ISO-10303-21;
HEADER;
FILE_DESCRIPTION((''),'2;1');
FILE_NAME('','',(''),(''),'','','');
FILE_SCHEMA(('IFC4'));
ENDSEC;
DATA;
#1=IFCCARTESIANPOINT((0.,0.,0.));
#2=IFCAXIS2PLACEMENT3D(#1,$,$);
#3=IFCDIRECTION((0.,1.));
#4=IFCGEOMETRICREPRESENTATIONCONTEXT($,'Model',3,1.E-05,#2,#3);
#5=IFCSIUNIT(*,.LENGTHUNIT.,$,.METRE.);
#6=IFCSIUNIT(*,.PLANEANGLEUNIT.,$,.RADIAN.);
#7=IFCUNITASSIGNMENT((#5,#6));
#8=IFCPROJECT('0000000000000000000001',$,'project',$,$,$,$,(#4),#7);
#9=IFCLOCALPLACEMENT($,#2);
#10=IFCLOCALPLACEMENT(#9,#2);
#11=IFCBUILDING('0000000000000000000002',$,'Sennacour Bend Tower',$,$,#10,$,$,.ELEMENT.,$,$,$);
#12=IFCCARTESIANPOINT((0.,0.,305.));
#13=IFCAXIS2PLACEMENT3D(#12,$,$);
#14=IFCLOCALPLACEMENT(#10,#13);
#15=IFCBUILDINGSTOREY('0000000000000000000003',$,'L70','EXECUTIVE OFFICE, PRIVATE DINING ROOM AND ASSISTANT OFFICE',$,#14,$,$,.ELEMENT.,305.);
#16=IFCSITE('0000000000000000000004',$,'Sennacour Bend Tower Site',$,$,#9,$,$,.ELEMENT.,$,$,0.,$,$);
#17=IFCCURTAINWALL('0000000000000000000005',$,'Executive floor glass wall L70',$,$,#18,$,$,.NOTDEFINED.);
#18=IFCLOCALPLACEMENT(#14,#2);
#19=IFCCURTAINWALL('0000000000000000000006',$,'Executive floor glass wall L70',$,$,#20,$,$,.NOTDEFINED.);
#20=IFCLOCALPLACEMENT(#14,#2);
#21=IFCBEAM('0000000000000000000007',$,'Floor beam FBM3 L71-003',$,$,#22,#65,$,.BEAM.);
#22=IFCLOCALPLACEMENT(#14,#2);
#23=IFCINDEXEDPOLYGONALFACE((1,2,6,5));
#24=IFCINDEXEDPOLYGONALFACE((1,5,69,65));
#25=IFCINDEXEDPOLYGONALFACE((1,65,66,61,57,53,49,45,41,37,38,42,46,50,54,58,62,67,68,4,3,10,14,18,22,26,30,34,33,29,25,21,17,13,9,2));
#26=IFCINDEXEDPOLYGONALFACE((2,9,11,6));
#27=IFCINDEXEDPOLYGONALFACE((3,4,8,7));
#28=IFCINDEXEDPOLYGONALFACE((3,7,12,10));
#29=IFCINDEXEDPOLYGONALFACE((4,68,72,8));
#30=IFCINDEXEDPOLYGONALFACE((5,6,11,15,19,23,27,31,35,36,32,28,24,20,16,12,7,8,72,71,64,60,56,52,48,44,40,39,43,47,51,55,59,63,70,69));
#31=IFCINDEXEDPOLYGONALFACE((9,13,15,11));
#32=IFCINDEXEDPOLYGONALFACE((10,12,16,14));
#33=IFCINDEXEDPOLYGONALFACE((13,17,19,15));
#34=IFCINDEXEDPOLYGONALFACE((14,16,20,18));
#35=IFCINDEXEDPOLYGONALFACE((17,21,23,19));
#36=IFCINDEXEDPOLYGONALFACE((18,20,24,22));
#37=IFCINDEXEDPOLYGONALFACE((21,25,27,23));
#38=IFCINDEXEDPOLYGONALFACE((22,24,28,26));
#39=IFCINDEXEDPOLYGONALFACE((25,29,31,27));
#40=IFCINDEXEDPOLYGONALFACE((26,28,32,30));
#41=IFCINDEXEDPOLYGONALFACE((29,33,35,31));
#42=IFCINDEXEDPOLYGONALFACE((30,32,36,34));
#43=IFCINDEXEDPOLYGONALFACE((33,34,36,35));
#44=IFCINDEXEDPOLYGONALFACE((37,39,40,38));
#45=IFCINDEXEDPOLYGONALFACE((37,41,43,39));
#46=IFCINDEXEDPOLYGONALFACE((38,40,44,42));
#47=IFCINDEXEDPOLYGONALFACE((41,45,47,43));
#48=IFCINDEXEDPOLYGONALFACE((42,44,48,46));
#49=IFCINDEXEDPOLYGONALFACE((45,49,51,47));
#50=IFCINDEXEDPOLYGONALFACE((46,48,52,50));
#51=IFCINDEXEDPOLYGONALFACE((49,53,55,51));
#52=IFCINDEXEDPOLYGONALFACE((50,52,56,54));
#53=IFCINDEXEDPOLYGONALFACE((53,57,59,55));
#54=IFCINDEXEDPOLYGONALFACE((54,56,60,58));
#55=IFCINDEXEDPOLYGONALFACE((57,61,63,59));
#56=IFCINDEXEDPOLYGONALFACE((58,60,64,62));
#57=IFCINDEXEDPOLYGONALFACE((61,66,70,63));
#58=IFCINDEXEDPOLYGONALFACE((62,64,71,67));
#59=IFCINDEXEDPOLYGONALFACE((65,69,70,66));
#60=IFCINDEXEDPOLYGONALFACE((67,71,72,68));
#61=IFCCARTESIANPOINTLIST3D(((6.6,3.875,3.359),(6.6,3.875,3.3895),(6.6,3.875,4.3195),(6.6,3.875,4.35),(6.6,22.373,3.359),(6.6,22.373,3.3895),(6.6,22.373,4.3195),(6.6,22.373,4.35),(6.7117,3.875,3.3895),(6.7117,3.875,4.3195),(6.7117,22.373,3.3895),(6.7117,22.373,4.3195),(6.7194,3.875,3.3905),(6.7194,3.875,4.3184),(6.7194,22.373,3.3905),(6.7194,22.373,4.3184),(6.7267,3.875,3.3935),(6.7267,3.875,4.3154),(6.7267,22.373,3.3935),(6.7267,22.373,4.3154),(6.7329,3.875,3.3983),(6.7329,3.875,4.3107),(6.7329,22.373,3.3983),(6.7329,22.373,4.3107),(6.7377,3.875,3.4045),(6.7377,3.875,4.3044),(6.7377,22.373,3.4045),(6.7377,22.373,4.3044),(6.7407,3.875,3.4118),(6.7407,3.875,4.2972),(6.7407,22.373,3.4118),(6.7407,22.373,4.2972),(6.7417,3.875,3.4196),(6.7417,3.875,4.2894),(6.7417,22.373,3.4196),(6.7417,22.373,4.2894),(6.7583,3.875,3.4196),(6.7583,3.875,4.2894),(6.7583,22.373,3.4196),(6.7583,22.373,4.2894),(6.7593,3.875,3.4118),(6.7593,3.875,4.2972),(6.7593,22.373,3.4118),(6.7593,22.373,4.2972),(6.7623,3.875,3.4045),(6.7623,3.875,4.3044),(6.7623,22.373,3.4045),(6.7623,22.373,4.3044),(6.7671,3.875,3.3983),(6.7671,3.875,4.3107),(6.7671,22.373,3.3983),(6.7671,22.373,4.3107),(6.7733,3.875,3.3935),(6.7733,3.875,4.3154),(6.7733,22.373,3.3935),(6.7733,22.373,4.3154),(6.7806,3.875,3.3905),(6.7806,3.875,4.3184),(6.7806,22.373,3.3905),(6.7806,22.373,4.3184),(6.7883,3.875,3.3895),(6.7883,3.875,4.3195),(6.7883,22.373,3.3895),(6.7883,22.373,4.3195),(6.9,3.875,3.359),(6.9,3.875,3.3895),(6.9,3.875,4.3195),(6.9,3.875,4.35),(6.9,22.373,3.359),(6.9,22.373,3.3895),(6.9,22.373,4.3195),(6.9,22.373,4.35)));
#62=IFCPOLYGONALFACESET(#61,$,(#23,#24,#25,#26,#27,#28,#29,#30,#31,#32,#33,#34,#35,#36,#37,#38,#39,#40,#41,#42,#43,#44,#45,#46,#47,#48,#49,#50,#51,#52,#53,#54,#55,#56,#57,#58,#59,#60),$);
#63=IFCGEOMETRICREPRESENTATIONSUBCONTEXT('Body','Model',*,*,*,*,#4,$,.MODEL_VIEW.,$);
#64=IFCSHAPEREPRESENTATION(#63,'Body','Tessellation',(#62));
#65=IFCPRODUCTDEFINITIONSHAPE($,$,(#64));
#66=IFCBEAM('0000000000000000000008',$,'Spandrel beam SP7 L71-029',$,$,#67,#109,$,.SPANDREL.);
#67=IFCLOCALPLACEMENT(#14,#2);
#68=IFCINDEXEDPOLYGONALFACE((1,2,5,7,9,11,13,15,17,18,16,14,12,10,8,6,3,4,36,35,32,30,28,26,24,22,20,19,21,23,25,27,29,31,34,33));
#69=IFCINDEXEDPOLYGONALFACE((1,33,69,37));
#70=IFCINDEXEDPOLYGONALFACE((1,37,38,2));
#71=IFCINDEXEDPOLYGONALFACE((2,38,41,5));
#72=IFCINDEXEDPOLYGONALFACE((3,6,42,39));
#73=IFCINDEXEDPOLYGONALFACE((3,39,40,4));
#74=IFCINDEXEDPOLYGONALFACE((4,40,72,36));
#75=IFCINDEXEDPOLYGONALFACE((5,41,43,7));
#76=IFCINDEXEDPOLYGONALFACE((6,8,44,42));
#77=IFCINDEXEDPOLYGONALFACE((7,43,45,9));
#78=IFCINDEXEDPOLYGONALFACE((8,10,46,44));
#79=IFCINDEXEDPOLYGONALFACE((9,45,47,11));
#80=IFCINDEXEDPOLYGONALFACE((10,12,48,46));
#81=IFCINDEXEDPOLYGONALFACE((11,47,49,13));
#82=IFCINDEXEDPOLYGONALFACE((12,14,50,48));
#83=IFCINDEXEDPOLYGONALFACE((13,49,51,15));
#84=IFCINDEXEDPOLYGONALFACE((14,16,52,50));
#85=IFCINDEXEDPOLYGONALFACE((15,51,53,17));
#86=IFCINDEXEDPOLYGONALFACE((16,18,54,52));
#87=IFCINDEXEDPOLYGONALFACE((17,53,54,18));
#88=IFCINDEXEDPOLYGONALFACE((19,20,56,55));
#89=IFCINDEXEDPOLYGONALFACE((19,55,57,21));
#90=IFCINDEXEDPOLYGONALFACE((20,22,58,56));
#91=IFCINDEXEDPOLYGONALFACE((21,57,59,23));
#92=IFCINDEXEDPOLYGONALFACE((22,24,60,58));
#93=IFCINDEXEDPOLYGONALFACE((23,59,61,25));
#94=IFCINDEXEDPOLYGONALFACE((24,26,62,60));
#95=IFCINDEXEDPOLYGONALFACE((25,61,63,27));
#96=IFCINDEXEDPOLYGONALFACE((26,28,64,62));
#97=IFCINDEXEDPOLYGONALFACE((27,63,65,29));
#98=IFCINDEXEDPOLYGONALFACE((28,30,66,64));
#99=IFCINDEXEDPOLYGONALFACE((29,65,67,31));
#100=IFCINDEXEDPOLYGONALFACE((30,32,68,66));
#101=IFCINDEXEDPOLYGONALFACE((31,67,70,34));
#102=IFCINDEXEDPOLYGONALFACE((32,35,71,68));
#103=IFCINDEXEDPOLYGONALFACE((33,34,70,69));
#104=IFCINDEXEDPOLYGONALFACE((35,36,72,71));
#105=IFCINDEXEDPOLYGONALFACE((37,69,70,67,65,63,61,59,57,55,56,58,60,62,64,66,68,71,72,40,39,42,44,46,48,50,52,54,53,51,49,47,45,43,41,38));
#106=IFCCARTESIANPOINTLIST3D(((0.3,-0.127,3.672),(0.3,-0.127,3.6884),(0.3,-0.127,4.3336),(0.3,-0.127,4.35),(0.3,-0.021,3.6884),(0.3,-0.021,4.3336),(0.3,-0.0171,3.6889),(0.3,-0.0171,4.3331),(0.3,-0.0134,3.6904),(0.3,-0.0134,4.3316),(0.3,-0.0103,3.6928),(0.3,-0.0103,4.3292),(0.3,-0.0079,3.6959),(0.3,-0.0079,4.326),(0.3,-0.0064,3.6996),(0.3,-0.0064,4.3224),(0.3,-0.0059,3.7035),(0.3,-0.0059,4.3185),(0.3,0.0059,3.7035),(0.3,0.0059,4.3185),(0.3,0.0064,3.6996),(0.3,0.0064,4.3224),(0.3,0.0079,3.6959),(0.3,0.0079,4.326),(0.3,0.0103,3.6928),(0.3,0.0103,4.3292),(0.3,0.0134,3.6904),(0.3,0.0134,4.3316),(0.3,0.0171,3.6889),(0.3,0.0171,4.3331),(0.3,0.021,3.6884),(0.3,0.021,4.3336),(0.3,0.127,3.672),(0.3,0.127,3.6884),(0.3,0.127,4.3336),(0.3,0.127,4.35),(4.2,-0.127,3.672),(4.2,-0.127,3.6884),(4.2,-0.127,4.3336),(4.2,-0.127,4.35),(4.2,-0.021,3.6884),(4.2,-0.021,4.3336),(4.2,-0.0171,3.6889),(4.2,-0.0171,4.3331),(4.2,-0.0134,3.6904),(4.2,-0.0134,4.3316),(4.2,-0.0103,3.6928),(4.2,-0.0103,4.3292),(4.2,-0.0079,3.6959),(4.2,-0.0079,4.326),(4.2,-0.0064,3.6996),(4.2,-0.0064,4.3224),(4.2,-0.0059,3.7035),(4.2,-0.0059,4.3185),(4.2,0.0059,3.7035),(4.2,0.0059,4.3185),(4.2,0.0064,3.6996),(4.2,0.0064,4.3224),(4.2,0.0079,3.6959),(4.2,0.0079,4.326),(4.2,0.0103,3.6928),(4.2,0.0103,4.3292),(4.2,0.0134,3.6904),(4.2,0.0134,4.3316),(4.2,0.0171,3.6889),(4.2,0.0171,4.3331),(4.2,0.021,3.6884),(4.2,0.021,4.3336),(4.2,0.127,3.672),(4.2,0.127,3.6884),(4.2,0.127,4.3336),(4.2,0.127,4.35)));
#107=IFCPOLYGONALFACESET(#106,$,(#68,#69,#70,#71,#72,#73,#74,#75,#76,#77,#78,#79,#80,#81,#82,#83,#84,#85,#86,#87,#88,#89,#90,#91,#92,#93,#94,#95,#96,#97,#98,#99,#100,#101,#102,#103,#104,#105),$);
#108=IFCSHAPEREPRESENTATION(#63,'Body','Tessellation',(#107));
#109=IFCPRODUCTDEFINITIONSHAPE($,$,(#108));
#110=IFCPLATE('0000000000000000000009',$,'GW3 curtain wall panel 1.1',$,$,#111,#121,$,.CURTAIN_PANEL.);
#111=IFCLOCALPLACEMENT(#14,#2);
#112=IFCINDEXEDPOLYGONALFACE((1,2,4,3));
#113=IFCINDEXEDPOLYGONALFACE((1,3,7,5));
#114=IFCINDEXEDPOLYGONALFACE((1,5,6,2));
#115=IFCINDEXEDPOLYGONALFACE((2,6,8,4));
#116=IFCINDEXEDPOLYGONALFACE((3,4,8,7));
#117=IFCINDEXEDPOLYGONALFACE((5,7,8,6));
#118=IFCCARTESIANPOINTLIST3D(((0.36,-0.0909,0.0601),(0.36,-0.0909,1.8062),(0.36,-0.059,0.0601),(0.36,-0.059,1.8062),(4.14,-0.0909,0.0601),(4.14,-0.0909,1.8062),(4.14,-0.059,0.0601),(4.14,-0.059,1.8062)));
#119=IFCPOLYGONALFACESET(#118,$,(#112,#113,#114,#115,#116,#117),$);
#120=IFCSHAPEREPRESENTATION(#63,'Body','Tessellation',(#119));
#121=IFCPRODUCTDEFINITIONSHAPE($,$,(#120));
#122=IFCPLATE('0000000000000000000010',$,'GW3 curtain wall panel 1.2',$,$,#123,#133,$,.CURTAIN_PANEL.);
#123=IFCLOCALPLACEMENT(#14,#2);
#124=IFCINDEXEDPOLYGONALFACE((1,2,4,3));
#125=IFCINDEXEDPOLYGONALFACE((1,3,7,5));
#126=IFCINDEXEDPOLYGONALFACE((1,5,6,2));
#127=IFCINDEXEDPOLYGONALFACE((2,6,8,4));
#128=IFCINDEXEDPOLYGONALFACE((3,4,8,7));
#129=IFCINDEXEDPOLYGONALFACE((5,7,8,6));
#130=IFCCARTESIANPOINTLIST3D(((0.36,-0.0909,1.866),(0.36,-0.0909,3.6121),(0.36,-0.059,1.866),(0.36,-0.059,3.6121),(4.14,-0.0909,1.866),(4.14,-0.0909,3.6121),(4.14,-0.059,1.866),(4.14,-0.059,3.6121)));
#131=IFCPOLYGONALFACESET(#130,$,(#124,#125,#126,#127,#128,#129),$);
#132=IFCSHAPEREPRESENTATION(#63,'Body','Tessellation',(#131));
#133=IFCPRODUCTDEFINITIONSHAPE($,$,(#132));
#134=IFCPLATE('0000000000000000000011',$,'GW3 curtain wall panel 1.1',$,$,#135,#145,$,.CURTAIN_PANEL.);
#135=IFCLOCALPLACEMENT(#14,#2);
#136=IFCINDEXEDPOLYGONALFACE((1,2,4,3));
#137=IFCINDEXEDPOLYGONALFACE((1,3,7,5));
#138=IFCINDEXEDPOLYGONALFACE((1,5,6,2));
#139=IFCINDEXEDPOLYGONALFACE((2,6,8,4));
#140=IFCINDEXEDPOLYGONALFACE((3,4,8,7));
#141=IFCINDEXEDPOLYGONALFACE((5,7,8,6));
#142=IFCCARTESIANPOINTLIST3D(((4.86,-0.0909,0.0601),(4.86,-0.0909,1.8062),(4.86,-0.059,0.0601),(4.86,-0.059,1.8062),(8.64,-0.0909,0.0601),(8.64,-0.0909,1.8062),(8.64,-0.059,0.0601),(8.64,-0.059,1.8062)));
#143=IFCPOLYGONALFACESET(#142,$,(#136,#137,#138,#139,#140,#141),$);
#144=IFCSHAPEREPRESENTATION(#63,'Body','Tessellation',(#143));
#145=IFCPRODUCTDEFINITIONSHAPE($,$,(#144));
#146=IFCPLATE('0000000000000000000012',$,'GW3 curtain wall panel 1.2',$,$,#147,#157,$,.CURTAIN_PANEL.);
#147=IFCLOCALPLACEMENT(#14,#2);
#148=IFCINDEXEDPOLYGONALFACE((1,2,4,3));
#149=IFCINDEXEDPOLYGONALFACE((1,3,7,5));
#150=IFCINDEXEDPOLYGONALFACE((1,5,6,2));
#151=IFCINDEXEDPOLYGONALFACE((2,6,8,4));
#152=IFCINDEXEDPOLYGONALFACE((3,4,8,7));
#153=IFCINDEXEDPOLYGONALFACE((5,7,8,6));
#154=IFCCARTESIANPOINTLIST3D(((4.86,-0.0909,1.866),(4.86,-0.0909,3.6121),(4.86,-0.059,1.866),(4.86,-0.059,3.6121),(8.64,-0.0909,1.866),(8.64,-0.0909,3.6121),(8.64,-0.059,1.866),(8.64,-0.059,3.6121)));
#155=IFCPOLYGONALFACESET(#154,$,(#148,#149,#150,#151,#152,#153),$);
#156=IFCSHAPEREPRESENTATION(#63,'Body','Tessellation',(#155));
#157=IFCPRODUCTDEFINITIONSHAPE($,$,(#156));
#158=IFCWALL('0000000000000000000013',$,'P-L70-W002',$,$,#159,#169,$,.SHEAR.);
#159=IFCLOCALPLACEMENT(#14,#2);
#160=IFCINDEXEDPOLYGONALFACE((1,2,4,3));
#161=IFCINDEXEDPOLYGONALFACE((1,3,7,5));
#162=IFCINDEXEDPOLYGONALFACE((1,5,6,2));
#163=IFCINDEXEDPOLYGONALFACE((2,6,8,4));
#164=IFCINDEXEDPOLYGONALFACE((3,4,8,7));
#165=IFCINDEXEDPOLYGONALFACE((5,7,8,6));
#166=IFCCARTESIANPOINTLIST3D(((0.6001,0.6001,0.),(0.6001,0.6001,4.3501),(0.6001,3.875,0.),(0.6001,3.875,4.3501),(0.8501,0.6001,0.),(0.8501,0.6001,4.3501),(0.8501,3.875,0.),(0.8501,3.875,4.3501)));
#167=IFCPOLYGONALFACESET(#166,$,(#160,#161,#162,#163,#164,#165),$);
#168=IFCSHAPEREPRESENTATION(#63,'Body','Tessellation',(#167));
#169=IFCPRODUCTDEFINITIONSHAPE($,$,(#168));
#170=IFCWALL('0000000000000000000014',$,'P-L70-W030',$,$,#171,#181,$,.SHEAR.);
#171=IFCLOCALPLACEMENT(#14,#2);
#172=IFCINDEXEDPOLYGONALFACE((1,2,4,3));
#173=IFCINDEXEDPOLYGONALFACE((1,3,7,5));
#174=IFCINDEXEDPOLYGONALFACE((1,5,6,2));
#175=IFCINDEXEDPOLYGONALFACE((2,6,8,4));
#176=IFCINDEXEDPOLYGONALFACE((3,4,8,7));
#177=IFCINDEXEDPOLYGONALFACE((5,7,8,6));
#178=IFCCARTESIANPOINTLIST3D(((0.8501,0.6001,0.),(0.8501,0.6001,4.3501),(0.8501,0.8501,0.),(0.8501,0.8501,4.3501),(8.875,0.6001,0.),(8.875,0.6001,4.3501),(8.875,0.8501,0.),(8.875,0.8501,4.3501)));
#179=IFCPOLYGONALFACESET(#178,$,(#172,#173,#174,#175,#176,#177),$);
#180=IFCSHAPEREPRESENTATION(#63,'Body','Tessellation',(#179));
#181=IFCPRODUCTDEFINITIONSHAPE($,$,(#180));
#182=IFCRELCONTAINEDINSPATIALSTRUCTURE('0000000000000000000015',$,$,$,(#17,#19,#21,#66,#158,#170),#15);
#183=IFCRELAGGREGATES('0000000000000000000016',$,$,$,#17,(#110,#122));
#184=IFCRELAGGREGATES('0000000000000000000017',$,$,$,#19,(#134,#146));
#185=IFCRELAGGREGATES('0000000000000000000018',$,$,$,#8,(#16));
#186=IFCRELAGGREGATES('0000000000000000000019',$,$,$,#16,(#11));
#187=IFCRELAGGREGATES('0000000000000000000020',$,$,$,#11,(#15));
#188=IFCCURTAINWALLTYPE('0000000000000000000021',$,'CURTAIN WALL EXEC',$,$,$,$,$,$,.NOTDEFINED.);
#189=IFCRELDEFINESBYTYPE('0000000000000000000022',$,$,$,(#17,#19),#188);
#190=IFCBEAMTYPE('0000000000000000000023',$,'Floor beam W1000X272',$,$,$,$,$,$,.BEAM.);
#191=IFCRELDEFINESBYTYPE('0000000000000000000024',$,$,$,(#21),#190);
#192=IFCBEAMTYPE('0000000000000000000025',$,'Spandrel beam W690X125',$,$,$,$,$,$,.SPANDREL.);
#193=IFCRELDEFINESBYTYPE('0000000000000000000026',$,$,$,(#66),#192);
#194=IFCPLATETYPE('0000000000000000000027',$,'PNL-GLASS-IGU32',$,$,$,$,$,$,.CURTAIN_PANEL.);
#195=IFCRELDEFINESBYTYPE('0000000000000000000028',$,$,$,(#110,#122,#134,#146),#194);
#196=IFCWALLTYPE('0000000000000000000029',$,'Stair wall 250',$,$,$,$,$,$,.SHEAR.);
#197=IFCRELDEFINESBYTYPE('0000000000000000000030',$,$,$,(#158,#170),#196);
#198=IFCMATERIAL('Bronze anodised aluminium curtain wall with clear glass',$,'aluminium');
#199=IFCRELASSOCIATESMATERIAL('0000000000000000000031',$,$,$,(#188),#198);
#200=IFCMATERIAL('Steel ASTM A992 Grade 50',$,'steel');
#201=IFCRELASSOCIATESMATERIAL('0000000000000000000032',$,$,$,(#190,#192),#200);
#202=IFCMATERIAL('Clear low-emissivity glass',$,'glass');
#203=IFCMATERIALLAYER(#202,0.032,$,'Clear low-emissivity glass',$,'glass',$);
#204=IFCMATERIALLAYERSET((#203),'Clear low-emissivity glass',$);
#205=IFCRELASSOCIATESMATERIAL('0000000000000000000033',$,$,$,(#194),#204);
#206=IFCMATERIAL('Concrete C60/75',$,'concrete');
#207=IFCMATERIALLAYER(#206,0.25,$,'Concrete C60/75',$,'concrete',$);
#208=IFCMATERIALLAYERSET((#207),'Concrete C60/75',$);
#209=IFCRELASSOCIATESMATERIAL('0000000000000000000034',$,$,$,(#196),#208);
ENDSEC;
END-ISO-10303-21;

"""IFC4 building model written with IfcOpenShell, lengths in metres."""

from ifc_helpers import new_model, si_unit, direction, frame, frame_2d, origin, origin_2d, place, context, subcontext, project, spatial, rectangle, i_section, extrude, material, layer, layer_set, material_profile, profile_set, type_object, element, aggregate, save


model = new_model("IFC4")

# Units and contexts
model_context = context("Model", 3, precision=1e-05, world=origin(), true_north=direction((0.0, 1.0)))
body_context = subcontext(model_context, "Body", "Model", "MODEL_VIEW")
ifc_project = project(units=[si_unit("LENGTHUNIT", "METRE"), si_unit("PLANEANGLEUNIT", "RADIAN")], contexts=[model_context])

# Site, building, storey
site_placement = place(None, origin())
site = spatial("IfcSite", under=ifc_project, at=site_placement, Name="Sennacour Bend Tower Site", CompositionType="ELEMENT", RefElevation=0.0)
building_placement = place(site_placement, origin())
building = spatial("IfcBuilding", under=site, at=building_placement, Name="Sennacour Bend Tower", CompositionType="ELEMENT")
storey_placement = place(building_placement, frame((0.0, 0.0, 305.0)))
storey = spatial("IfcBuildingStorey", under=building, at=storey_placement, Name="L70", Description="EXECUTIVE OFFICE, PRIVATE DINING ROOM AND ASSISTANT OFFICE", CompositionType="ELEMENT", Elevation=305.0)

# Curtain wall
ifc_material_1 = material(Name="Bronze anodised aluminium curtain wall with clear glass", Category="aluminium")
curtain_wall_type = type_object("IfcCurtainWallType", Name="CURTAIN WALL EXEC", PredefinedType="NOTDEFINED", material=ifc_material_1)
curtain_wall_1_placement = place(storey_placement, origin())
curtain_wall_1 = element("IfcCurtainWall", 1, at=curtain_wall_1_placement, inside=storey, type_object=curtain_wall_type, Name="Executive floor glass wall L70", PredefinedType="NOTDEFINED")

# Curtain wall
curtain_wall_2_placement = place(storey_placement, origin())
curtain_wall_2 = element("IfcCurtainWall", 2, at=curtain_wall_2_placement, inside=storey, type_object=curtain_wall_type, Name="Executive floor glass wall L70", PredefinedType="NOTDEFINED")

# Beams
ifc_material_2 = material(Name="Steel ASTM A992 Grade 50", Category="steel")
ifc_material_profile_1 = material_profile(ifc_material_2, i_section(OverallWidth=0.3, OverallDepth=0.991, WebThickness=0.0166, FlangeThickness=0.0305, FilletRadius=0.03, at=origin_2d()), Name="Steel ASTM A992 Grade 50", Category="steel")
ifc_profile_set_1 = profile_set([ifc_material_profile_1], Name="Steel ASTM A992 Grade 50")
beam_type_1 = type_object("IfcBeamType", Name="Floor beam W1000X272", PredefinedType="BEAM", material=ifc_profile_set_1)
beam_1_placement = place(storey_placement, frame((6.75, 3.875, 3.8545), z_axis=(0.0, 1.0, 0.0), x_axis=(-1.0, 0.0, 0.0)))
element("IfcBeam", 3, at=beam_1_placement, inside=storey, type_object=beam_type_1, Name="Floor beam FBM3 L71-003", PredefinedType="BEAM", context=body_context, shape_type="SweptSolid", body=[
    extrude(i_section(OverallWidth=0.3, OverallDepth=0.991, WebThickness=0.0166, FlangeThickness=0.0305, FilletRadius=0.03, at=origin_2d()), origin(), (0.0, 0.0, 1.0), 18.498),
])
ifc_material_profile_2 = material_profile(ifc_material_2, i_section(OverallWidth=0.2539, OverallDepth=0.678, WebThickness=0.0117, FlangeThickness=0.0164, FilletRadius=0.0151, at=origin_2d()), Name="Steel ASTM A992 Grade 50", Category="steel")
ifc_profile_set_2 = profile_set([ifc_material_profile_2], Name="Steel ASTM A992 Grade 50")
beam_type_2 = type_object("IfcBeamType", Name="Spandrel beam W690X125", PredefinedType="SPANDREL", material=ifc_profile_set_2)
beam_2_placement = place(storey_placement, frame((4.2, 0.0, 4.011), z_axis=(-1.0, 0.0, 0.0), x_axis=(0.0, -1.0, 0.0)))
element("IfcBeam", 4, at=beam_2_placement, inside=storey, type_object=beam_type_2, Name="Spandrel beam SP7 L71-029", PredefinedType="SPANDREL", context=body_context, shape_type="SweptSolid", body=[
    extrude(i_section(OverallWidth=0.2539, OverallDepth=0.678, WebThickness=0.0117, FlangeThickness=0.0164, FilletRadius=0.0151, at=origin_2d()), origin(), (0.0, 0.0, 1.0), 3.8999),
])

# Plates
ifc_material_3 = material(Name="Clear low-emissivity glass", Category="glass")
ifc_layer_1 = layer(ifc_material_3, 0.032, Name="Clear low-emissivity glass", Category="glass")
ifc_layer_set_1 = layer_set([ifc_layer_1], Name="Clear low-emissivity glass")
plate_type = type_object("IfcPlateType", Name="PNL-GLASS-IGU32", PredefinedType="CURTAIN_PANEL", material=ifc_layer_set_1)
plate_1_placement = place(storey_placement, frame((2.25, -0.075, 0.0601), z_axis=(0.0, 0.0, 1.0), x_axis=(1.0, 0.0, 0.0)))
plate_1 = element("IfcPlate", 5, at=plate_1_placement, type_object=plate_type, Name="GW3 curtain wall panel 1.1", PredefinedType="CURTAIN_PANEL", context=body_context, shape_type="SweptSolid", body=[
    extrude(rectangle(XDim=3.78, YDim=0.032, at=origin_2d()), origin(), (0.0, 0.0, 1.0), 1.7461),
])
plate_2_placement = place(storey_placement, frame((2.25, -0.075, 1.866), z_axis=(0.0, 0.0, 1.0), x_axis=(1.0, 0.0, 0.0)))
plate_2 = element("IfcPlate", 6, at=plate_2_placement, type_object=plate_type, Name="GW3 curtain wall panel 1.2", PredefinedType="CURTAIN_PANEL", context=body_context, shape_type="SweptSolid", body=[
    extrude(rectangle(XDim=3.78, YDim=0.032, at=origin_2d()), origin(), (0.0, 0.0, 1.0), 1.7461),
])
aggregate(curtain_wall_1, [plate_1, plate_2])
plate_3_placement = place(storey_placement, frame((6.75, -0.075, 0.0601), z_axis=(0.0, 0.0, 1.0), x_axis=(1.0, 0.0, 0.0)))
plate_3 = element("IfcPlate", 7, at=plate_3_placement, type_object=plate_type, Name="GW3 curtain wall panel 1.1", PredefinedType="CURTAIN_PANEL", context=body_context, shape_type="SweptSolid", body=[
    extrude(rectangle(XDim=3.78, YDim=0.032, at=origin_2d()), origin(), (0.0, 0.0, 1.0), 1.7461),
])
plate_4_placement = place(storey_placement, frame((6.75, -0.075, 1.866), z_axis=(0.0, 0.0, 1.0), x_axis=(1.0, 0.0, 0.0)))
plate_4 = element("IfcPlate", 8, at=plate_4_placement, type_object=plate_type, Name="GW3 curtain wall panel 1.2", PredefinedType="CURTAIN_PANEL", context=body_context, shape_type="SweptSolid", body=[
    extrude(rectangle(XDim=3.78, YDim=0.032, at=origin_2d()), origin(), (0.0, 0.0, 1.0), 1.7461),
])
aggregate(curtain_wall_2, [plate_3, plate_4])

# Walls
ifc_material_4 = material(Name="Concrete C60/75", Category="concrete")
ifc_layer_2 = layer(ifc_material_4, 0.25, Name="Concrete C60/75", Category="concrete")
ifc_layer_set_2 = layer_set([ifc_layer_2], Name="Concrete C60/75")
wall_type = type_object("IfcWallType", Name="Stair wall 250", PredefinedType="SHEAR", material=ifc_layer_set_2)
wall_1_placement = place(storey_placement, frame((0.7251, 0.6001, 0.0), z_axis=(0.0, 0.0, 1.0), x_axis=(0.0, 1.0, 0.0)))
element("IfcWall", 9, at=wall_1_placement, inside=storey, type_object=wall_type, Name="P-L70-W002", PredefinedType="SHEAR", context=body_context, shape_type="SweptSolid", body=[
    extrude(rectangle(XDim=3.2749, YDim=0.25, at=frame_2d((1.6375, 0.0))), origin(), (0.0, 0.0, 1.0), 4.3501),
])
wall_2_placement = place(storey_placement, frame((0.8501, 0.7251, 0.0), z_axis=(0.0, 0.0, 1.0), x_axis=(1.0, 0.0, 0.0)))
element("IfcWall", 10, at=wall_2_placement, inside=storey, type_object=wall_type, Name="P-L70-W030", PredefinedType="SHEAR", context=body_context, shape_type="SweptSolid", body=[
    extrude(rectangle(XDim=8.0249, YDim=0.25, at=frame_2d((4.0125, 0.0))), origin(), (0.0, 0.0, 1.0), 4.3501),
])

save(model, "model.ifc")
